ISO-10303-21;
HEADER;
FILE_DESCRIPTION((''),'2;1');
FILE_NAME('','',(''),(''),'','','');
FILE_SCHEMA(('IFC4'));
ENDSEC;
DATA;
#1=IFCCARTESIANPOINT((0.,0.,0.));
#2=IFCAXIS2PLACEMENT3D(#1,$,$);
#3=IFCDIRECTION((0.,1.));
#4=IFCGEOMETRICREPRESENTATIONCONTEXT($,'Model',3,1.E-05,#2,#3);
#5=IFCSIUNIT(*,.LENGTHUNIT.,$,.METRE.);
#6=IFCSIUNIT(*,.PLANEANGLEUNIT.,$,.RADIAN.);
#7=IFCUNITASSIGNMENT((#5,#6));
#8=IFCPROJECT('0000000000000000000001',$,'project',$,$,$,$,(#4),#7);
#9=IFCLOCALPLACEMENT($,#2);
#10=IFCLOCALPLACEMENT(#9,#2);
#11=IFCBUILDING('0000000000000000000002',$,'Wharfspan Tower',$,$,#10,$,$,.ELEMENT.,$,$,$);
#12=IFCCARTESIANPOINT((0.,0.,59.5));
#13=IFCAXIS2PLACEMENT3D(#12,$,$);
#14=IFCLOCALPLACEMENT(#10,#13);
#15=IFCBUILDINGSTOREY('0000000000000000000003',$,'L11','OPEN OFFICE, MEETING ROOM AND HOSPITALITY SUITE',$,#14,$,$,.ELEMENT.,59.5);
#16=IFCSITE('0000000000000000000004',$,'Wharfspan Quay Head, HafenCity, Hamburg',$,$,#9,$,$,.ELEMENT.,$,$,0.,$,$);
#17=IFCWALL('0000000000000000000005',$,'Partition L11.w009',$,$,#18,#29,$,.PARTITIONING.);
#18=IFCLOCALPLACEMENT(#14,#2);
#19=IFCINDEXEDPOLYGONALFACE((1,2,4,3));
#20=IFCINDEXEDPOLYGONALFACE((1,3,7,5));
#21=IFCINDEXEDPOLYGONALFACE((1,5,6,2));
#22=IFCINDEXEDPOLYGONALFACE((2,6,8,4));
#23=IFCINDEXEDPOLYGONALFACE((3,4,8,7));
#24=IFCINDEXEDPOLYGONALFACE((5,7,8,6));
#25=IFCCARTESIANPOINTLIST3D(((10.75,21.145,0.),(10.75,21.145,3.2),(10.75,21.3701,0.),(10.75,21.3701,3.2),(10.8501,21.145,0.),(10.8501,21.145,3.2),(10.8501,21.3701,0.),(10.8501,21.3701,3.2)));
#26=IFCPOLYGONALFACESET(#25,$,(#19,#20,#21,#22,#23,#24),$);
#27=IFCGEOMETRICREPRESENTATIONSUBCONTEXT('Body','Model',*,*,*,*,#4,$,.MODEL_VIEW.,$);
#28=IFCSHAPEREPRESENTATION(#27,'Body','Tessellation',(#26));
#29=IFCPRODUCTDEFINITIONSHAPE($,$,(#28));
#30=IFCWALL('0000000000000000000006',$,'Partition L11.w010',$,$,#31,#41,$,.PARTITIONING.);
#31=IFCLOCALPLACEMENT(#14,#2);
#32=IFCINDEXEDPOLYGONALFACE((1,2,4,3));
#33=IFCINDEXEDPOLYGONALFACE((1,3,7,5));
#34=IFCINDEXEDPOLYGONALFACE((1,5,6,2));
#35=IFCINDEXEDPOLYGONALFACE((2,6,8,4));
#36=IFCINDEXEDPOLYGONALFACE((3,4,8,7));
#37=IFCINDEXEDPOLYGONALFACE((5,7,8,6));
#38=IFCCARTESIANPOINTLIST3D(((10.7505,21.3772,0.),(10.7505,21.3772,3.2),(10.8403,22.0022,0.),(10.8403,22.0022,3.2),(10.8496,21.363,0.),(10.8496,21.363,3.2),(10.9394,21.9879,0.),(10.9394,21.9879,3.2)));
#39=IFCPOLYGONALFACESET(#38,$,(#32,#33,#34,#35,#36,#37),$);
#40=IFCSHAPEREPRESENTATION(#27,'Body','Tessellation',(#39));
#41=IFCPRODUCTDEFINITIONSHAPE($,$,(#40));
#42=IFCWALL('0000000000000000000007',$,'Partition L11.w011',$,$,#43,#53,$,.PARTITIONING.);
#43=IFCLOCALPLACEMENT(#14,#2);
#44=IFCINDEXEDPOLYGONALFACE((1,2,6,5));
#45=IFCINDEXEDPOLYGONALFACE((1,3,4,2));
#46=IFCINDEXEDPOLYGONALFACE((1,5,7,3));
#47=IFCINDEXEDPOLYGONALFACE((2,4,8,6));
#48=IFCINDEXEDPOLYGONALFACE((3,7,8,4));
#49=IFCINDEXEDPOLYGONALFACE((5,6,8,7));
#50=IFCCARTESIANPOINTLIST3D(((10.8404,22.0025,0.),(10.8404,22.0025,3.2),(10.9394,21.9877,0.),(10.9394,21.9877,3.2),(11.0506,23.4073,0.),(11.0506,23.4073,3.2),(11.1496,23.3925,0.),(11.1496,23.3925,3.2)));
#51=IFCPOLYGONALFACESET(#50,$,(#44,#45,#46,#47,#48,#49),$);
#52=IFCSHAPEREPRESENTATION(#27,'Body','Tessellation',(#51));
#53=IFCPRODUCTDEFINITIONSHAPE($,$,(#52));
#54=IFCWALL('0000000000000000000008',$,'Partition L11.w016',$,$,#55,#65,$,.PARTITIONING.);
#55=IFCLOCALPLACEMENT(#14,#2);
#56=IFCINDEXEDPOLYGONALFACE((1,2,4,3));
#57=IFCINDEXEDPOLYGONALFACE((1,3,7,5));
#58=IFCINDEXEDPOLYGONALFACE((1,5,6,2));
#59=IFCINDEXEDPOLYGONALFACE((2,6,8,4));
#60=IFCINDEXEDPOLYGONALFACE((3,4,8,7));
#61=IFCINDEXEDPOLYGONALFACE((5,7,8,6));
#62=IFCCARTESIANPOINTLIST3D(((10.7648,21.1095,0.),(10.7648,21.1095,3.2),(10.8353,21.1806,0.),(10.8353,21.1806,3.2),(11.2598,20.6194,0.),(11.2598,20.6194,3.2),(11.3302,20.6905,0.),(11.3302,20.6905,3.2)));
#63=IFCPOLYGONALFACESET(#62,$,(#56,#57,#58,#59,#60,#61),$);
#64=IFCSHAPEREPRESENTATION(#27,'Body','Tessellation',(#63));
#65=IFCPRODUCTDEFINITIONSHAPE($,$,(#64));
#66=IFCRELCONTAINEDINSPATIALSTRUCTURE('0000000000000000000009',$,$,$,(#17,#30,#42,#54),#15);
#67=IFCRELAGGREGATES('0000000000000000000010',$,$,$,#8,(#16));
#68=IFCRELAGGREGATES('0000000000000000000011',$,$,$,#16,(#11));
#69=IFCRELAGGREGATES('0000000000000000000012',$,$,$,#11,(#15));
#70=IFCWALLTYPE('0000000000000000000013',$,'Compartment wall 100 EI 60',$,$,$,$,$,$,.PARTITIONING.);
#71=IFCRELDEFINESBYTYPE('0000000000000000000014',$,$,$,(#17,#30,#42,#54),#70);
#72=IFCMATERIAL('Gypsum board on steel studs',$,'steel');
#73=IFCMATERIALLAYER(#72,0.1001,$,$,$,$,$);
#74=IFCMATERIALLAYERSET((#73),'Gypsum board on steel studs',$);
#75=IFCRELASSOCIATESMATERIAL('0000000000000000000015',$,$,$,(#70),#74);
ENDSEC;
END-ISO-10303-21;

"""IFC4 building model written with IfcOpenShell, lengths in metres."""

from ifc_helpers import new_model, si_unit, direction, frame, frame_2d, origin, place, context, subcontext, project, spatial, rectangle, extrude, material, layer, layer_set, type_object, element, save


model = new_model("IFC4")

# Units and contexts
model_context = context("Model", 3, precision=1e-05, world=origin(), true_north=direction((0.0, 1.0)))
body_context = subcontext(model_context, "Body", "Model", "MODEL_VIEW")
ifc_project = project(units=[si_unit("LENGTHUNIT", "METRE"), si_unit("PLANEANGLEUNIT", "RADIAN")], contexts=[model_context])

# Site, building, storey
site_placement = place(None, origin())
site = spatial("IfcSite", under=ifc_project, at=site_placement, Name="Wharfspan Quay Head, HafenCity, Hamburg", CompositionType="ELEMENT", RefElevation=0.0)
building_placement = place(site_placement, origin())
building = spatial("IfcBuilding", under=site, at=building_placement, Name="Wharfspan Tower", CompositionType="ELEMENT")
storey_placement = place(building_placement, frame((0.0, 0.0, 59.5)))
storey = spatial("IfcBuildingStorey", under=building, at=storey_placement, Name="L11", Description="OPEN OFFICE, MEETING ROOM AND HOSPITALITY SUITE", CompositionType="ELEMENT", Elevation=59.5)

# Walls
ifc_material_1 = material(Name="Gypsum board on steel studs", Category="steel")
ifc_layer = layer(ifc_material_1, 0.1001)
ifc_layer_set = layer_set([ifc_layer], Name="Gypsum board on steel studs")
wall_type = type_object("IfcWallType", Name="Compartment wall 100 EI 60", PredefinedType="PARTITIONING", material=ifc_layer_set)
wall_1_placement = place(storey_placement, frame((10.8, 21.145, 0.0), z_axis=(0.0, 0.0, 1.0), x_axis=(0.0, 1.0, 0.0)))
element("IfcWall", 1, at=wall_1_placement, inside=storey, type_object=wall_type, Name="Partition L11.w009", PredefinedType="PARTITIONING", context=body_context, shape_type="SweptSolid", body=[
    extrude(rectangle(XDim=0.2251, YDim=0.1001, at=frame_2d((0.1125, 0.0))), origin(), (0.0, 0.0, 1.0), 3.2),
])
wall_2_placement = place(storey_placement, frame((10.8, 21.3701, 0.0), z_axis=(0.0, 0.0, 1.0), x_axis=(0.142287, 0.989823, 0.0)))
element("IfcWall", 2, at=wall_2_placement, inside=storey, type_object=wall_type, Name="Partition L11.w010", PredefinedType="PARTITIONING", context=body_context, shape_type="SweptSolid", body=[
    extrude(rectangle(XDim=0.6313, YDim=0.1001, at=frame_2d((0.3157, 0.0))), origin(), (0.0, 0.0, 1.0), 3.2),
])
wall_3_placement = place(storey_placement, frame((10.8899, 21.9951, 0.0), z_axis=(0.0, 0.0, 1.0), x_axis=(0.147988, 0.988993, 0.0)))
element("IfcWall", 3, at=wall_3_placement, inside=storey, type_object=wall_type, Name="Partition L11.w011", PredefinedType="PARTITIONING", context=body_context, shape_type="SweptSolid", body=[
    extrude(rectangle(XDim=1.4204, YDim=0.1001, at=frame_2d((0.7102, 0.0))), origin(), (0.0, 0.0, 1.0), 3.2),
])
wall_4_placement = place(storey_placement, frame((11.2949, 20.655, 0.0), z_axis=(0.0, 0.0, 1.0), x_axis=(-0.7106, 0.703589, 0.0)))
element("IfcWall", 4, at=wall_4_placement, inside=storey, type_object=wall_type, Name="Partition L11.w016", PredefinedType="PARTITIONING", context=body_context, shape_type="SweptSolid", body=[
    extrude(rectangle(XDim=0.6965, YDim=0.1001, at=frame_2d((0.3481, 0.0))), origin(), (0.0, 0.0, 1.0), 3.2),
])

save(model, "model.ifc")
